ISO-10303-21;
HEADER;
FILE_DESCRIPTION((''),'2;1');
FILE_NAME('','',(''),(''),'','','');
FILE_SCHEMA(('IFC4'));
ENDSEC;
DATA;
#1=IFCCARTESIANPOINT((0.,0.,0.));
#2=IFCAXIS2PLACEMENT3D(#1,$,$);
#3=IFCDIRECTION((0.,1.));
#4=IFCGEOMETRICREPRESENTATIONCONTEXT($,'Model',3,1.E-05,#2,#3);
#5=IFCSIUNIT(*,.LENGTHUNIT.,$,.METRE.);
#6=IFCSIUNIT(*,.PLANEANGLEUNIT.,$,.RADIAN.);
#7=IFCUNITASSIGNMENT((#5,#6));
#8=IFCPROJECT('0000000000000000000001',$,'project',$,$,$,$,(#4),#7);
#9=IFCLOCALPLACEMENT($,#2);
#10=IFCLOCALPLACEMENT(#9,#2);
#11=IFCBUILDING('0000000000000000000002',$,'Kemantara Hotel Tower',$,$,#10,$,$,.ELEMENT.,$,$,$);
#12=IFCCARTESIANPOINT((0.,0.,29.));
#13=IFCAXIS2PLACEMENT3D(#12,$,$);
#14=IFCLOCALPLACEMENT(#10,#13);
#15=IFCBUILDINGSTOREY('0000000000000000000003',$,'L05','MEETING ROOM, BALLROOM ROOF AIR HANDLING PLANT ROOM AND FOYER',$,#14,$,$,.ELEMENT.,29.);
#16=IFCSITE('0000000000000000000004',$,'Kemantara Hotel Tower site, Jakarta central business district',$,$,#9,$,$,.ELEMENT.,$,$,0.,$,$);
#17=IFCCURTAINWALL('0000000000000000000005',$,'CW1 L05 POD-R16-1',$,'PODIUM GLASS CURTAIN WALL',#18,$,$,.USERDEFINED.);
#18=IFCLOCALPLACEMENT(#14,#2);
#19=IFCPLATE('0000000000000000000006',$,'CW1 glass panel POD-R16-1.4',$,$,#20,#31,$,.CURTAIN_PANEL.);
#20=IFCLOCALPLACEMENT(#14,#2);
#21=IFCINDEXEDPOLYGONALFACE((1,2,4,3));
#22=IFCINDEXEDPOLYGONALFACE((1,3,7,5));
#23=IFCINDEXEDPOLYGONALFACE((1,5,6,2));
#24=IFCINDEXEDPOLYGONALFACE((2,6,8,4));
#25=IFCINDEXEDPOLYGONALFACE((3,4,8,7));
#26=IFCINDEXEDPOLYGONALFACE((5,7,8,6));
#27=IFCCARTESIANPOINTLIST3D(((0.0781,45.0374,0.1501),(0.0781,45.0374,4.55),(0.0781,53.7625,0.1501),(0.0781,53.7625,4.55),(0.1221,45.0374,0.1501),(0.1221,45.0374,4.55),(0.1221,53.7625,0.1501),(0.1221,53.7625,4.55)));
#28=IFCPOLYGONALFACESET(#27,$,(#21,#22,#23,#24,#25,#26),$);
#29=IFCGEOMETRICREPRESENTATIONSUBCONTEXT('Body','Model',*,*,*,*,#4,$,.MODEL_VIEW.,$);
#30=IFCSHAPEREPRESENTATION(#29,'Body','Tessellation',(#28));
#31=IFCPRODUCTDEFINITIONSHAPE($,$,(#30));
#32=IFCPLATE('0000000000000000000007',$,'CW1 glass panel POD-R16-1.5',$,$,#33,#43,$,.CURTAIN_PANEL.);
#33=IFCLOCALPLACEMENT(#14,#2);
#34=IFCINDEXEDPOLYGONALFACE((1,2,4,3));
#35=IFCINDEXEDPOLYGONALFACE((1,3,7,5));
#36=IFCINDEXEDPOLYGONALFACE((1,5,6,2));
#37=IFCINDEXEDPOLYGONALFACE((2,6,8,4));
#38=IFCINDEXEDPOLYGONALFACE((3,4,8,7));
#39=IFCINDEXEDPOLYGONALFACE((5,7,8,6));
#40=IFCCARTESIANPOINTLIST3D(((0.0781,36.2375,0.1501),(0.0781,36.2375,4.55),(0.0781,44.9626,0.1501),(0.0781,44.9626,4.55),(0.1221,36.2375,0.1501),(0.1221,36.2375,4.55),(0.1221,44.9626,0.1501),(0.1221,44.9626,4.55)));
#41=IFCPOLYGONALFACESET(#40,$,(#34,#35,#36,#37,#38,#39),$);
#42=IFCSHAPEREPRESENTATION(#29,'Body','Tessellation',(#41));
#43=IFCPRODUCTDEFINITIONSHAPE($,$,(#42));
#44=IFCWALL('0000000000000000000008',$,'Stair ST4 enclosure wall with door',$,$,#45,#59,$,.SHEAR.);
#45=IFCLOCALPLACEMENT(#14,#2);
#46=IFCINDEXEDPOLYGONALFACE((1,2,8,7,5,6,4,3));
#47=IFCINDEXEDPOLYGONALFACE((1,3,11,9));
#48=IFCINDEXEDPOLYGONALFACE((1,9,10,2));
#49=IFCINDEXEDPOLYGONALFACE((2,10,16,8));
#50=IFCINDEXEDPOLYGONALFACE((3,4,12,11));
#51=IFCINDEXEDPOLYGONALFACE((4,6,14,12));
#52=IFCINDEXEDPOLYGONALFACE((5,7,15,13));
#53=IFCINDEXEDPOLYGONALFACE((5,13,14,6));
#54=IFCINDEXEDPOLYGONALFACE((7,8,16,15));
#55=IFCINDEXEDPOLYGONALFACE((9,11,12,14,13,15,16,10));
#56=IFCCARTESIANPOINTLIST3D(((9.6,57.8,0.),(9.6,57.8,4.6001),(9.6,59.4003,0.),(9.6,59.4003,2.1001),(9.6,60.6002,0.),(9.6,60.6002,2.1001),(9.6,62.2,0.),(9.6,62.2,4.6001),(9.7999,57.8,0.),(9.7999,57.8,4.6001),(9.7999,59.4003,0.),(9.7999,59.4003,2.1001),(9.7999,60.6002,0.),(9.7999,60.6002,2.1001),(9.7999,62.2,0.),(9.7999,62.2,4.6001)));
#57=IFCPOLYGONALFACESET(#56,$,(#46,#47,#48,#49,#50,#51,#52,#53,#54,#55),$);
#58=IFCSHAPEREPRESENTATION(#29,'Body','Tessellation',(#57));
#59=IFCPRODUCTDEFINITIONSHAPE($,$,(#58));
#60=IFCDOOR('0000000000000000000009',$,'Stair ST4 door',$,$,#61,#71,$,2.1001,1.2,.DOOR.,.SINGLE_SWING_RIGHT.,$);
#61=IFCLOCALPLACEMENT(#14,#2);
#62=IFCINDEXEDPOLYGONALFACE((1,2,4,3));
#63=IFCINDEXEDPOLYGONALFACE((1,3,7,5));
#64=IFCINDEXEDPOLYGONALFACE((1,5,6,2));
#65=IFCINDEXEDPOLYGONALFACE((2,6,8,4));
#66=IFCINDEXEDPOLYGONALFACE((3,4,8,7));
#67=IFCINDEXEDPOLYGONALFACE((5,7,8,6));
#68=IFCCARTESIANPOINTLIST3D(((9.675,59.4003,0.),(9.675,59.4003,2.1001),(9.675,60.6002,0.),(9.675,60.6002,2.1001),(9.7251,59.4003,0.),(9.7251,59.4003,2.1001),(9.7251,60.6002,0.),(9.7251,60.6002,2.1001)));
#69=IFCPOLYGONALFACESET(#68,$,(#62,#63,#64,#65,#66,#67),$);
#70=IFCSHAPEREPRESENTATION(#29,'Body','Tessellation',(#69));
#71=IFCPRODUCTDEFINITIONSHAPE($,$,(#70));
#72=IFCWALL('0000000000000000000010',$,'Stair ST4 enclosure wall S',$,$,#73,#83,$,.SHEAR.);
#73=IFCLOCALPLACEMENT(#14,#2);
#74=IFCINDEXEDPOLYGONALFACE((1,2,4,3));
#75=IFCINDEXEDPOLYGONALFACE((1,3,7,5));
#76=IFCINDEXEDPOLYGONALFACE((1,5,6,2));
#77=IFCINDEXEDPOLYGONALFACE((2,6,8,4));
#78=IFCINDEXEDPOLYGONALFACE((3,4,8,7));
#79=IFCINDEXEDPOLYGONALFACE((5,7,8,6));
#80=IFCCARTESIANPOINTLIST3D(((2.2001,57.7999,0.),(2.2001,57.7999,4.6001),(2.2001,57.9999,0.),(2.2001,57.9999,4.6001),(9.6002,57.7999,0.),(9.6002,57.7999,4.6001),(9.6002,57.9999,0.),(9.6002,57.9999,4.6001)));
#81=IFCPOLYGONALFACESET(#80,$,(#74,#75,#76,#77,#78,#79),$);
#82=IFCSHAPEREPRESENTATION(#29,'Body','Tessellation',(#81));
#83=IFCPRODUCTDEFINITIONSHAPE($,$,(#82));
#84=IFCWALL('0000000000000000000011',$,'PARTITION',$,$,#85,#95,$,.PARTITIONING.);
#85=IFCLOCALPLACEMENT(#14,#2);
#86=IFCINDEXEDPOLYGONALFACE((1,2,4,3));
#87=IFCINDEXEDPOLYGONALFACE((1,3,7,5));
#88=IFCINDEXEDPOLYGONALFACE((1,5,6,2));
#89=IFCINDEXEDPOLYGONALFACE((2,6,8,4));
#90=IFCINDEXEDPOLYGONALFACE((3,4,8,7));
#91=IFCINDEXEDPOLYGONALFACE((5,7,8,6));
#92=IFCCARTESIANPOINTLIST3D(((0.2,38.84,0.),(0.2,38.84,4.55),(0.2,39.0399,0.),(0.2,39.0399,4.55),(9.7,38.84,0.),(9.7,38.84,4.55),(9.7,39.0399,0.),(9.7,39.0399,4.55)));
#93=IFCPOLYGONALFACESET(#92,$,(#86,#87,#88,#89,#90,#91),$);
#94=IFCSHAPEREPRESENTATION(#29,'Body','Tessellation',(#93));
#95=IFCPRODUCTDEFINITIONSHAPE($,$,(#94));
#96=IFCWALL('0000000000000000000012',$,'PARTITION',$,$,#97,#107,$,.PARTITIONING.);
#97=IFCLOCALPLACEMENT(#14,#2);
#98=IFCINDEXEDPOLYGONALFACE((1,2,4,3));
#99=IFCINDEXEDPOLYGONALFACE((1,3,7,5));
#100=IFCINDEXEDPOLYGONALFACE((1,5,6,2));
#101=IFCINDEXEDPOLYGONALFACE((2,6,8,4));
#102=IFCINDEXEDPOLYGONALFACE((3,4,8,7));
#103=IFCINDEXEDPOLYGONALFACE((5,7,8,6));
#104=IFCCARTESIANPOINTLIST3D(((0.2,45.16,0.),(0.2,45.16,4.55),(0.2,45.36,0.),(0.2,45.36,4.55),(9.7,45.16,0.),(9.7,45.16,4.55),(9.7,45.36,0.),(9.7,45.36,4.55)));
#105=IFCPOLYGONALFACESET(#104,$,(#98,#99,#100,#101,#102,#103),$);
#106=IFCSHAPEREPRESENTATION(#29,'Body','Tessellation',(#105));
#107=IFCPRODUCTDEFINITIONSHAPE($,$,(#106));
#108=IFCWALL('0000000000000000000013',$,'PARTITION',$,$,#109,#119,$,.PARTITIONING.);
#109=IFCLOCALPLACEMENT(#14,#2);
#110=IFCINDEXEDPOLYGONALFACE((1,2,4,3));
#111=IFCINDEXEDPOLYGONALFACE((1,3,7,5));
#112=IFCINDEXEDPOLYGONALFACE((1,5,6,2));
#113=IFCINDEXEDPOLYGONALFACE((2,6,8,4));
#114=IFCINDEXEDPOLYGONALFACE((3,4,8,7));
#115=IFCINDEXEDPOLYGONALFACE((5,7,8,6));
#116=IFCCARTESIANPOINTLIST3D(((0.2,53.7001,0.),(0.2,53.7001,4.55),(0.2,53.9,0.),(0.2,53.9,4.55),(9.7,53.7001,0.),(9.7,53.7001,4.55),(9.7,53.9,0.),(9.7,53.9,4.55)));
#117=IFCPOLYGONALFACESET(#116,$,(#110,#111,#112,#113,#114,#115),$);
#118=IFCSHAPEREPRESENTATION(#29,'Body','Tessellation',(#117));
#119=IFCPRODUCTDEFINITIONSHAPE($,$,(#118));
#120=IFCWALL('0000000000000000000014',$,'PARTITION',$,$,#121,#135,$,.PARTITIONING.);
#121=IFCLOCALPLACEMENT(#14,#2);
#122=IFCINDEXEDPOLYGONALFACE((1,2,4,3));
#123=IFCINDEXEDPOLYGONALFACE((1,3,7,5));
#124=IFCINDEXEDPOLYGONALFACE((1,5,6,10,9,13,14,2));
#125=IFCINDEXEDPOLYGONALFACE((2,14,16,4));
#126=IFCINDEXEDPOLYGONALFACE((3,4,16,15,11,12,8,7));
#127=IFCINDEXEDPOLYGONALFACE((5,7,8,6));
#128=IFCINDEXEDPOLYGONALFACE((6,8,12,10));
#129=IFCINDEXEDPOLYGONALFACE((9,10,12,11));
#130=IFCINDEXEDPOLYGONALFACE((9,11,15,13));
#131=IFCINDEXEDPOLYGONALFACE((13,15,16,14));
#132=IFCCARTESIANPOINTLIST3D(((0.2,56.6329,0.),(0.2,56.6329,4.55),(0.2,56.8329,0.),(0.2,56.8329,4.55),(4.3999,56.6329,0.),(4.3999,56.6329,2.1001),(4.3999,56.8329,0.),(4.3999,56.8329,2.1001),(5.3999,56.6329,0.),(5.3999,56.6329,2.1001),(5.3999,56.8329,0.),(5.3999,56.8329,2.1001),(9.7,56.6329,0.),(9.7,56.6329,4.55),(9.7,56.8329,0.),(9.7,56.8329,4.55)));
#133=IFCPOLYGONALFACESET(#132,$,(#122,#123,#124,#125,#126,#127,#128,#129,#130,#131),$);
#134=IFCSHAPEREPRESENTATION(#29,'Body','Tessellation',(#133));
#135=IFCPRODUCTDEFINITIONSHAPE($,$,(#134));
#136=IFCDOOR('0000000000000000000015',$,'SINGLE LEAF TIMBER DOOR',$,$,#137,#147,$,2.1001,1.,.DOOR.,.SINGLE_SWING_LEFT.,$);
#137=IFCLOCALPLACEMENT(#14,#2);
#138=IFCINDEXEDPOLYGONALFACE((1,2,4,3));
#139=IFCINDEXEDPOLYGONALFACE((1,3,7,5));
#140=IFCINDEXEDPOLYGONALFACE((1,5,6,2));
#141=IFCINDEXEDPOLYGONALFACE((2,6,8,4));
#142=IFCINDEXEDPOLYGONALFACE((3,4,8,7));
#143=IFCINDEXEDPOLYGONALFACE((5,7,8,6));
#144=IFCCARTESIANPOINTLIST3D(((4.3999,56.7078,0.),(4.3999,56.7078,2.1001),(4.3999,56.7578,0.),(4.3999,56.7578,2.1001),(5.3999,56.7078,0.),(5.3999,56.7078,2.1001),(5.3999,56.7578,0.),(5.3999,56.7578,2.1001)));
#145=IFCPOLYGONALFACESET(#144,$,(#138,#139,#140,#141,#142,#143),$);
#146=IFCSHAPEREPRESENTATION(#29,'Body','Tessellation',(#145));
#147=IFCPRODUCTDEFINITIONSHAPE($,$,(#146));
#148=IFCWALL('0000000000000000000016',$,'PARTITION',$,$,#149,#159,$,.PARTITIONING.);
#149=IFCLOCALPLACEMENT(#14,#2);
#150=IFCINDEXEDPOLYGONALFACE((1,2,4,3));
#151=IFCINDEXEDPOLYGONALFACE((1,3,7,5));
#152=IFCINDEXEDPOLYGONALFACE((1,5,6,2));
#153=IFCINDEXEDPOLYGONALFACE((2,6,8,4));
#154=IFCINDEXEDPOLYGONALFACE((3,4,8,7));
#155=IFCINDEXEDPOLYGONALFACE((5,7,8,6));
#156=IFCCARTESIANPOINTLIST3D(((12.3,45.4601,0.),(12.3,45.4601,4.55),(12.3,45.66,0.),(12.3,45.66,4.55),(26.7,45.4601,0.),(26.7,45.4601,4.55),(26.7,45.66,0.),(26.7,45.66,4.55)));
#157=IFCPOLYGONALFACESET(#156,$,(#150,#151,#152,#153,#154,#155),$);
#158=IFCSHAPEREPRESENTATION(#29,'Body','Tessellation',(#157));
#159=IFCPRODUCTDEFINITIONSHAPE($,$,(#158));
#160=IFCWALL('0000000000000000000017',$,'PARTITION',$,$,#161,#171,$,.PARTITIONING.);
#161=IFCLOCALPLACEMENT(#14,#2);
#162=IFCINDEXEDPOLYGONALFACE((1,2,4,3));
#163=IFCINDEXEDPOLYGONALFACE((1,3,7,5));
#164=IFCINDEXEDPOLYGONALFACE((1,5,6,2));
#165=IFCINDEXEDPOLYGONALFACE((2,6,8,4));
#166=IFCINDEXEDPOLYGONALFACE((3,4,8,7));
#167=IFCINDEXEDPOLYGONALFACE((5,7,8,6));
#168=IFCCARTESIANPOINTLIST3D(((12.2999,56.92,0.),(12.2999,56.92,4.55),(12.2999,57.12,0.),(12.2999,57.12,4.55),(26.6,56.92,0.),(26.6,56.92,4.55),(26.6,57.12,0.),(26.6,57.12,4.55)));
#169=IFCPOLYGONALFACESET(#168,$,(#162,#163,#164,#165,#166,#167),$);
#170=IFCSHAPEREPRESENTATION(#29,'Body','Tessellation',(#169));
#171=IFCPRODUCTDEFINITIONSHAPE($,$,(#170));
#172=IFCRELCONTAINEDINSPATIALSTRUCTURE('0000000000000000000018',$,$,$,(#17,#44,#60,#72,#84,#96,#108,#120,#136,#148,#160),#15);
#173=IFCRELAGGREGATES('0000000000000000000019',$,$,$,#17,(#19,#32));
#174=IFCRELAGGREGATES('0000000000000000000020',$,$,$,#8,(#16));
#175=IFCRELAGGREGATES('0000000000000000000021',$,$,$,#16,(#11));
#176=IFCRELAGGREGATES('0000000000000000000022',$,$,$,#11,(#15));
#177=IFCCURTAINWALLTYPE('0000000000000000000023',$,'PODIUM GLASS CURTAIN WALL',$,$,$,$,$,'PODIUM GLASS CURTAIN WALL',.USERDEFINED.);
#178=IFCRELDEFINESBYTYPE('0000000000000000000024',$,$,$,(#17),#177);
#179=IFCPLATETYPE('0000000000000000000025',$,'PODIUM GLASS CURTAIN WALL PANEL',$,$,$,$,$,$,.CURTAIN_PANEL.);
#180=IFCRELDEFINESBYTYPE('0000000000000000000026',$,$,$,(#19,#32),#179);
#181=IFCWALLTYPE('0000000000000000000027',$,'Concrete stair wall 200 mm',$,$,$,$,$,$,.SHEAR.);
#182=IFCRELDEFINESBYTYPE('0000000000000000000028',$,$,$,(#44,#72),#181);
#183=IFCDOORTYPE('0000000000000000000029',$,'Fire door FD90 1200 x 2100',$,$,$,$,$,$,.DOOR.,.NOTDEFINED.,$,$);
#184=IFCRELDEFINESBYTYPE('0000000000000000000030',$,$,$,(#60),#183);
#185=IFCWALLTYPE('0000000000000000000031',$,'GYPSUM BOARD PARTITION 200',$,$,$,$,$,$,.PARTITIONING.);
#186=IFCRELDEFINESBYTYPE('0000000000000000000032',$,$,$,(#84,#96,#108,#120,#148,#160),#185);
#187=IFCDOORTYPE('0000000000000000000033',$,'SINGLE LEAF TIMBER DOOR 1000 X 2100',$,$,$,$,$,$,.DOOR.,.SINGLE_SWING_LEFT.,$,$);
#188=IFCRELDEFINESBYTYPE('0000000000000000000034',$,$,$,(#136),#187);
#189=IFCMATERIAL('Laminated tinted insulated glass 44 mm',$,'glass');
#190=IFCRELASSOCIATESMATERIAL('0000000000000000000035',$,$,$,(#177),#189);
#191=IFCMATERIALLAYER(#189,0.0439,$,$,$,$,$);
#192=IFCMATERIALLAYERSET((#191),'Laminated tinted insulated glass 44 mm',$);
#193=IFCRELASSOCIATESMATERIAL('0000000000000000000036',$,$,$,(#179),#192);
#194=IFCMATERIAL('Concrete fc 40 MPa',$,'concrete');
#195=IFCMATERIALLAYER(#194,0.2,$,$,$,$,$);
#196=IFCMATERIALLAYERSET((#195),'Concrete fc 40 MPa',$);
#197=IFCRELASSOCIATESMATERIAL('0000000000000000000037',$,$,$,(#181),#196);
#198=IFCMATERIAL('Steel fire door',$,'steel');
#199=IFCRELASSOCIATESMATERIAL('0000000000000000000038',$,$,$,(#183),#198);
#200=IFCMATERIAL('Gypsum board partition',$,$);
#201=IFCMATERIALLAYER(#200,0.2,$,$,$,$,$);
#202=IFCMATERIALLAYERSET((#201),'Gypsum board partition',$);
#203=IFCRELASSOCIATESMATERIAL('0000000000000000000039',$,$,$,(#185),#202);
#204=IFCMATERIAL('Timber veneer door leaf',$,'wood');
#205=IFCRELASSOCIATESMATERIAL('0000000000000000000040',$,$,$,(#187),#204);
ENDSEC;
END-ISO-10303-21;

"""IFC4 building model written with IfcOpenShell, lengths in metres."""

from ifc_helpers import new_model, si_unit, direction, frame, frame_2d, origin, origin_2d, place, context, subcontext, project, spatial, rectangle, extrude, source, transform, mapped, material, layer, layer_set, type_object, element, fill, aggregate, save


model = new_model("IFC4")

# Units and contexts
model_context = context("Model", 3, precision=1e-05, world=origin(), true_north=direction((0.0, 1.0)))
body_context = subcontext(model_context, "Body", "Model", "MODEL_VIEW")
ifc_project = project(units=[si_unit("LENGTHUNIT", "METRE"), si_unit("PLANEANGLEUNIT", "RADIAN")], contexts=[model_context])

# Site, building, storey
site_placement = place(None, origin())
site = spatial("IfcSite", under=ifc_project, at=site_placement, Name="Kemantara Hotel Tower site, Jakarta central business district", CompositionType="ELEMENT", RefElevation=0.0)
building_placement = place(site_placement, origin())
building = spatial("IfcBuilding", under=site, at=building_placement, Name="Kemantara Hotel Tower", CompositionType="ELEMENT")
storey_placement = place(building_placement, frame((0.0, 0.0, 29.0)))
storey = spatial("IfcBuildingStorey", under=building, at=storey_placement, Name="L05", Description="MEETING ROOM, BALLROOM ROOF AIR HANDLING PLANT ROOM AND FOYER", CompositionType="ELEMENT", Elevation=29.0)

# Shared definitions
ifc_material_1 = material(Name="Laminated tinted insulated glass 44 mm", Category="glass")
curtain_wall_type = type_object("IfcCurtainWallType", Name="PODIUM GLASS CURTAIN WALL", ElementType="PODIUM GLASS CURTAIN WALL", PredefinedType="USERDEFINED", material=ifc_material_1)

# Curtain wall, plates
curtain_wall_1_placement = place(storey_placement, origin())
curtain_wall_1 = element("IfcCurtainWall", 1, at=curtain_wall_1_placement, inside=storey, type_object=curtain_wall_type, Name="CW1 L05 POD-R16-1", ObjectType="PODIUM GLASS CURTAIN WALL", PredefinedType="USERDEFINED")
ifc_layer_1 = layer(ifc_material_1, 0.0439)
ifc_layer_set_1 = layer_set([ifc_layer_1], Name="Laminated tinted insulated glass 44 mm")
plate_type = type_object("IfcPlateType", Name="PODIUM GLASS CURTAIN WALL PANEL", PredefinedType="CURTAIN_PANEL", material=ifc_layer_set_1)
shared_shape_1 = source(origin(), body_context, "Body", "SweptSolid", [
    extrude(rectangle(XDim=8.7251, YDim=0.0439, at=origin_2d()), origin(), (0.0, 0.0, 1.0), 4.3999),
])
plate_1_placement = place(storey_placement, frame((0.1001, 49.3999, 0.1501), z_axis=(0.0, 0.0, 1.0), x_axis=(0.0, -1.0, 0.0)))
plate_1 = element("IfcPlate", 2, at=plate_1_placement, type_object=plate_type, Name="CW1 glass panel POD-R16-1.4", PredefinedType="CURTAIN_PANEL", context=body_context, shape_type="MappedRepresentation", body=[
    mapped(shared_shape_1, transform((0.0, 0.0, 0.0))),
])
plate_2_placement = place(storey_placement, frame((0.1001, 40.6001, 0.1501), z_axis=(0.0, 0.0, 1.0), x_axis=(0.0, -1.0, 0.0)))
plate_2 = element("IfcPlate", 3, at=plate_2_placement, type_object=plate_type, Name="CW1 glass panel POD-R16-1.5", PredefinedType="CURTAIN_PANEL", context=body_context, shape_type="MappedRepresentation", body=[
    mapped(shared_shape_1, transform((0.0, 0.0, 0.0))),
])
aggregate(curtain_wall_1, [plate_1, plate_2])

# Wall, opening, door
ifc_material_2 = material(Name="Concrete fc 40 MPa", Category="concrete")
ifc_layer_2 = layer(ifc_material_2, 0.2)
ifc_layer_set_2 = layer_set([ifc_layer_2], Name="Concrete fc 40 MPa")
wall_type_1 = type_object("IfcWallType", Name="Concrete stair wall 200 mm", PredefinedType="SHEAR", material=ifc_layer_set_2)
wall_1_placement = place(storey_placement, frame((9.7, 57.8, 0.0), z_axis=(0.0, 0.0, 1.0), x_axis=(0.0, 1.0, 0.0)))
wall_1 = element("IfcWall", 4, at=wall_1_placement, inside=storey, type_object=wall_type_1, Name="Stair ST4 enclosure wall with door", PredefinedType="SHEAR", context=body_context, shape_type="SweptSolid", body=[
    extrude(rectangle(XDim=4.3999, YDim=0.2, at=frame_2d((2.2, 0.0))), origin(), (0.0, 0.0, 1.0), 4.6001),
])
opening_1_placement = place(wall_1_placement, frame((1.6001, 0.0, 0.0)))
opening_1 = element("IfcOpeningElement", 5, at=opening_1_placement, cuts=wall_1, PredefinedType="OPENING", context=body_context, shape_type="SweptSolid", body=[
    extrude(rectangle(XDim=1.2, YDim=2.1001, at=frame_2d((0.6001, 1.05))), frame((0.0, 0.1099, 0.0), z_axis=(0.0, -1.0, 0.0), x_axis=(1.0, 0.0, 0.0)), (0.0, 0.0, 1.0), 0.22),
])
ifc_material_3 = material(Name="Steel fire door", Category="steel")
door_type_1 = type_object("IfcDoorType", Name="Fire door FD90 1200 x 2100", OperationType="NOTDEFINED", PredefinedType="DOOR", material=ifc_material_3)
door_1_placement = place(opening_1_placement, origin())
door_1 = element("IfcDoor", 6, at=door_1_placement, inside=storey, type_object=door_type_1, Name="Stair ST4 door", OperationType="SINGLE_SWING_RIGHT", OverallHeight=2.1001, OverallWidth=1.2, PredefinedType="DOOR", context=body_context, shape_type="SweptSolid", body=[
    extrude(rectangle(XDim=1.2, YDim=2.1001, at=frame_2d((0.6001, 1.05))), frame((0.0, 0.0249, 0.0), z_axis=(0.0, -1.0, 0.0), x_axis=(1.0, 0.0, 0.0)), (0.0, 0.0, 1.0), 0.05),
])
fill(opening_1, door_1)

# Walls
wall_2_placement = place(storey_placement, frame((2.2, 57.8999, 0.0), z_axis=(0.0, 0.0, 1.0), x_axis=(1.0, 0.0, 0.0)))
element("IfcWall", 7, at=wall_2_placement, inside=storey, type_object=wall_type_1, Name="Stair ST4 enclosure wall S", PredefinedType="SHEAR", context=body_context, shape_type="SweptSolid", body=[
    extrude(rectangle(XDim=7.4001, YDim=0.2, at=frame_2d((3.7002, 0.0))), origin(), (0.0, 0.0, 1.0), 4.6001),
])
ifc_material_4 = material(Name="Gypsum board partition")
ifc_layer_3 = layer(ifc_material_4, 0.2)
ifc_layer_set_3 = layer_set([ifc_layer_3], Name="Gypsum board partition")
wall_type_2 = type_object("IfcWallType", Name="GYPSUM BOARD PARTITION 200", PredefinedType="PARTITIONING", material=ifc_layer_set_3)
for number, where, z_axis, x_axis, name in (
    (8, (0.2, 38.9399, 0.0), (0.0, 0.0, 1.0), (1.0, 0.0, 0.0), "PARTITION"),
    (9, (0.2, 45.26, 0.0), (0.0, 0.0, 1.0), (1.0, 0.0, 0.0), "PARTITION"),
    (10, (0.2, 53.8, 0.0), (0.0, 0.0, 1.0), (1.0, 0.0, 0.0), "PARTITION"),
):
    element("IfcWall", number, at=place(storey_placement, frame(where, z_axis=z_axis, x_axis=x_axis)), inside=storey, type_object=wall_type_2, Name=name, PredefinedType="PARTITIONING", context=body_context, shape_type="SweptSolid", body=[
        extrude(rectangle(XDim=9.5, YDim=0.2, at=frame_2d((4.75, 0.0))), origin(), (0.0, 0.0, 1.0), 4.55),
    ])

# Wall, opening, door
wall_3_placement = place(storey_placement, frame((0.2, 56.7329, 0.0), z_axis=(0.0, 0.0, 1.0), x_axis=(1.0, 0.0, 0.0)))
wall_3 = element("IfcWall", 11, at=wall_3_placement, inside=storey, type_object=wall_type_2, Name="PARTITION", PredefinedType="PARTITIONING", context=body_context, shape_type="SweptSolid", body=[
    extrude(rectangle(XDim=9.5, YDim=0.2, at=frame_2d((4.75, 0.0))), origin(), (0.0, 0.0, 1.0), 4.55),
])
opening_2_placement = place(wall_3_placement, frame((4.2, 0.0, 0.0)))
opening_2 = element("IfcOpeningElement", 12, at=opening_2_placement, cuts=wall_3, PredefinedType="OPENING", context=body_context, shape_type="SweptSolid", body=[
    extrude(rectangle(XDim=1.0, YDim=2.1001, at=frame_2d((0.5, 1.05))), frame((0.0, 0.1099, 0.0), z_axis=(0.0, -1.0, 0.0), x_axis=(1.0, 0.0, 0.0)), (0.0, 0.0, 1.0), 0.22),
])
ifc_material_5 = material(Name="Timber veneer door leaf", Category="wood")
door_type_2 = type_object("IfcDoorType", Name="SINGLE LEAF TIMBER DOOR 1000 X 2100", OperationType="SINGLE_SWING_LEFT", PredefinedType="DOOR", material=ifc_material_5)
door_2_placement = place(opening_2_placement, origin())
door_2 = element("IfcDoor", 13, at=door_2_placement, inside=storey, type_object=door_type_2, Name="SINGLE LEAF TIMBER DOOR", OperationType="SINGLE_SWING_LEFT", OverallHeight=2.1001, OverallWidth=1.0, PredefinedType="DOOR", context=body_context, shape_type="SweptSolid", body=[
    extrude(rectangle(XDim=1.0, YDim=2.1001, at=frame_2d((0.5, 1.05))), frame((0.0, 0.0249, 0.0), z_axis=(0.0, -1.0, 0.0), x_axis=(1.0, 0.0, 0.0)), (0.0, 0.0, 1.0), 0.05),
])
fill(opening_2, door_2)

# Walls
wall_4_placement = place(storey_placement, frame((12.3, 45.5601, 0.0), z_axis=(0.0, 0.0, 1.0), x_axis=(1.0, 0.0, 0.0)))
element("IfcWall", 14, at=wall_4_placement, inside=storey, type_object=wall_type_2, Name="PARTITION", PredefinedType="PARTITIONING", context=body_context, shape_type="SweptSolid", body=[
    extrude(rectangle(XDim=14.3999, YDim=0.2, at=frame_2d((7.2, 0.0))), origin(), (0.0, 0.0, 1.0), 4.55),
])
wall_5_placement = place(storey_placement, frame((12.3, 57.02, 0.0), z_axis=(0.0, 0.0, 1.0), x_axis=(1.0, 0.0, 0.0)))
element("IfcWall", 15, at=wall_5_placement, inside=storey, type_object=wall_type_2, Name="PARTITION", PredefinedType="PARTITIONING", context=body_context, shape_type="SweptSolid", body=[
    extrude(rectangle(XDim=14.3, YDim=0.2, at=frame_2d((7.1499, 0.0))), origin(), (0.0, 0.0, 1.0), 4.55),
])

save(model, "model.ifc")
